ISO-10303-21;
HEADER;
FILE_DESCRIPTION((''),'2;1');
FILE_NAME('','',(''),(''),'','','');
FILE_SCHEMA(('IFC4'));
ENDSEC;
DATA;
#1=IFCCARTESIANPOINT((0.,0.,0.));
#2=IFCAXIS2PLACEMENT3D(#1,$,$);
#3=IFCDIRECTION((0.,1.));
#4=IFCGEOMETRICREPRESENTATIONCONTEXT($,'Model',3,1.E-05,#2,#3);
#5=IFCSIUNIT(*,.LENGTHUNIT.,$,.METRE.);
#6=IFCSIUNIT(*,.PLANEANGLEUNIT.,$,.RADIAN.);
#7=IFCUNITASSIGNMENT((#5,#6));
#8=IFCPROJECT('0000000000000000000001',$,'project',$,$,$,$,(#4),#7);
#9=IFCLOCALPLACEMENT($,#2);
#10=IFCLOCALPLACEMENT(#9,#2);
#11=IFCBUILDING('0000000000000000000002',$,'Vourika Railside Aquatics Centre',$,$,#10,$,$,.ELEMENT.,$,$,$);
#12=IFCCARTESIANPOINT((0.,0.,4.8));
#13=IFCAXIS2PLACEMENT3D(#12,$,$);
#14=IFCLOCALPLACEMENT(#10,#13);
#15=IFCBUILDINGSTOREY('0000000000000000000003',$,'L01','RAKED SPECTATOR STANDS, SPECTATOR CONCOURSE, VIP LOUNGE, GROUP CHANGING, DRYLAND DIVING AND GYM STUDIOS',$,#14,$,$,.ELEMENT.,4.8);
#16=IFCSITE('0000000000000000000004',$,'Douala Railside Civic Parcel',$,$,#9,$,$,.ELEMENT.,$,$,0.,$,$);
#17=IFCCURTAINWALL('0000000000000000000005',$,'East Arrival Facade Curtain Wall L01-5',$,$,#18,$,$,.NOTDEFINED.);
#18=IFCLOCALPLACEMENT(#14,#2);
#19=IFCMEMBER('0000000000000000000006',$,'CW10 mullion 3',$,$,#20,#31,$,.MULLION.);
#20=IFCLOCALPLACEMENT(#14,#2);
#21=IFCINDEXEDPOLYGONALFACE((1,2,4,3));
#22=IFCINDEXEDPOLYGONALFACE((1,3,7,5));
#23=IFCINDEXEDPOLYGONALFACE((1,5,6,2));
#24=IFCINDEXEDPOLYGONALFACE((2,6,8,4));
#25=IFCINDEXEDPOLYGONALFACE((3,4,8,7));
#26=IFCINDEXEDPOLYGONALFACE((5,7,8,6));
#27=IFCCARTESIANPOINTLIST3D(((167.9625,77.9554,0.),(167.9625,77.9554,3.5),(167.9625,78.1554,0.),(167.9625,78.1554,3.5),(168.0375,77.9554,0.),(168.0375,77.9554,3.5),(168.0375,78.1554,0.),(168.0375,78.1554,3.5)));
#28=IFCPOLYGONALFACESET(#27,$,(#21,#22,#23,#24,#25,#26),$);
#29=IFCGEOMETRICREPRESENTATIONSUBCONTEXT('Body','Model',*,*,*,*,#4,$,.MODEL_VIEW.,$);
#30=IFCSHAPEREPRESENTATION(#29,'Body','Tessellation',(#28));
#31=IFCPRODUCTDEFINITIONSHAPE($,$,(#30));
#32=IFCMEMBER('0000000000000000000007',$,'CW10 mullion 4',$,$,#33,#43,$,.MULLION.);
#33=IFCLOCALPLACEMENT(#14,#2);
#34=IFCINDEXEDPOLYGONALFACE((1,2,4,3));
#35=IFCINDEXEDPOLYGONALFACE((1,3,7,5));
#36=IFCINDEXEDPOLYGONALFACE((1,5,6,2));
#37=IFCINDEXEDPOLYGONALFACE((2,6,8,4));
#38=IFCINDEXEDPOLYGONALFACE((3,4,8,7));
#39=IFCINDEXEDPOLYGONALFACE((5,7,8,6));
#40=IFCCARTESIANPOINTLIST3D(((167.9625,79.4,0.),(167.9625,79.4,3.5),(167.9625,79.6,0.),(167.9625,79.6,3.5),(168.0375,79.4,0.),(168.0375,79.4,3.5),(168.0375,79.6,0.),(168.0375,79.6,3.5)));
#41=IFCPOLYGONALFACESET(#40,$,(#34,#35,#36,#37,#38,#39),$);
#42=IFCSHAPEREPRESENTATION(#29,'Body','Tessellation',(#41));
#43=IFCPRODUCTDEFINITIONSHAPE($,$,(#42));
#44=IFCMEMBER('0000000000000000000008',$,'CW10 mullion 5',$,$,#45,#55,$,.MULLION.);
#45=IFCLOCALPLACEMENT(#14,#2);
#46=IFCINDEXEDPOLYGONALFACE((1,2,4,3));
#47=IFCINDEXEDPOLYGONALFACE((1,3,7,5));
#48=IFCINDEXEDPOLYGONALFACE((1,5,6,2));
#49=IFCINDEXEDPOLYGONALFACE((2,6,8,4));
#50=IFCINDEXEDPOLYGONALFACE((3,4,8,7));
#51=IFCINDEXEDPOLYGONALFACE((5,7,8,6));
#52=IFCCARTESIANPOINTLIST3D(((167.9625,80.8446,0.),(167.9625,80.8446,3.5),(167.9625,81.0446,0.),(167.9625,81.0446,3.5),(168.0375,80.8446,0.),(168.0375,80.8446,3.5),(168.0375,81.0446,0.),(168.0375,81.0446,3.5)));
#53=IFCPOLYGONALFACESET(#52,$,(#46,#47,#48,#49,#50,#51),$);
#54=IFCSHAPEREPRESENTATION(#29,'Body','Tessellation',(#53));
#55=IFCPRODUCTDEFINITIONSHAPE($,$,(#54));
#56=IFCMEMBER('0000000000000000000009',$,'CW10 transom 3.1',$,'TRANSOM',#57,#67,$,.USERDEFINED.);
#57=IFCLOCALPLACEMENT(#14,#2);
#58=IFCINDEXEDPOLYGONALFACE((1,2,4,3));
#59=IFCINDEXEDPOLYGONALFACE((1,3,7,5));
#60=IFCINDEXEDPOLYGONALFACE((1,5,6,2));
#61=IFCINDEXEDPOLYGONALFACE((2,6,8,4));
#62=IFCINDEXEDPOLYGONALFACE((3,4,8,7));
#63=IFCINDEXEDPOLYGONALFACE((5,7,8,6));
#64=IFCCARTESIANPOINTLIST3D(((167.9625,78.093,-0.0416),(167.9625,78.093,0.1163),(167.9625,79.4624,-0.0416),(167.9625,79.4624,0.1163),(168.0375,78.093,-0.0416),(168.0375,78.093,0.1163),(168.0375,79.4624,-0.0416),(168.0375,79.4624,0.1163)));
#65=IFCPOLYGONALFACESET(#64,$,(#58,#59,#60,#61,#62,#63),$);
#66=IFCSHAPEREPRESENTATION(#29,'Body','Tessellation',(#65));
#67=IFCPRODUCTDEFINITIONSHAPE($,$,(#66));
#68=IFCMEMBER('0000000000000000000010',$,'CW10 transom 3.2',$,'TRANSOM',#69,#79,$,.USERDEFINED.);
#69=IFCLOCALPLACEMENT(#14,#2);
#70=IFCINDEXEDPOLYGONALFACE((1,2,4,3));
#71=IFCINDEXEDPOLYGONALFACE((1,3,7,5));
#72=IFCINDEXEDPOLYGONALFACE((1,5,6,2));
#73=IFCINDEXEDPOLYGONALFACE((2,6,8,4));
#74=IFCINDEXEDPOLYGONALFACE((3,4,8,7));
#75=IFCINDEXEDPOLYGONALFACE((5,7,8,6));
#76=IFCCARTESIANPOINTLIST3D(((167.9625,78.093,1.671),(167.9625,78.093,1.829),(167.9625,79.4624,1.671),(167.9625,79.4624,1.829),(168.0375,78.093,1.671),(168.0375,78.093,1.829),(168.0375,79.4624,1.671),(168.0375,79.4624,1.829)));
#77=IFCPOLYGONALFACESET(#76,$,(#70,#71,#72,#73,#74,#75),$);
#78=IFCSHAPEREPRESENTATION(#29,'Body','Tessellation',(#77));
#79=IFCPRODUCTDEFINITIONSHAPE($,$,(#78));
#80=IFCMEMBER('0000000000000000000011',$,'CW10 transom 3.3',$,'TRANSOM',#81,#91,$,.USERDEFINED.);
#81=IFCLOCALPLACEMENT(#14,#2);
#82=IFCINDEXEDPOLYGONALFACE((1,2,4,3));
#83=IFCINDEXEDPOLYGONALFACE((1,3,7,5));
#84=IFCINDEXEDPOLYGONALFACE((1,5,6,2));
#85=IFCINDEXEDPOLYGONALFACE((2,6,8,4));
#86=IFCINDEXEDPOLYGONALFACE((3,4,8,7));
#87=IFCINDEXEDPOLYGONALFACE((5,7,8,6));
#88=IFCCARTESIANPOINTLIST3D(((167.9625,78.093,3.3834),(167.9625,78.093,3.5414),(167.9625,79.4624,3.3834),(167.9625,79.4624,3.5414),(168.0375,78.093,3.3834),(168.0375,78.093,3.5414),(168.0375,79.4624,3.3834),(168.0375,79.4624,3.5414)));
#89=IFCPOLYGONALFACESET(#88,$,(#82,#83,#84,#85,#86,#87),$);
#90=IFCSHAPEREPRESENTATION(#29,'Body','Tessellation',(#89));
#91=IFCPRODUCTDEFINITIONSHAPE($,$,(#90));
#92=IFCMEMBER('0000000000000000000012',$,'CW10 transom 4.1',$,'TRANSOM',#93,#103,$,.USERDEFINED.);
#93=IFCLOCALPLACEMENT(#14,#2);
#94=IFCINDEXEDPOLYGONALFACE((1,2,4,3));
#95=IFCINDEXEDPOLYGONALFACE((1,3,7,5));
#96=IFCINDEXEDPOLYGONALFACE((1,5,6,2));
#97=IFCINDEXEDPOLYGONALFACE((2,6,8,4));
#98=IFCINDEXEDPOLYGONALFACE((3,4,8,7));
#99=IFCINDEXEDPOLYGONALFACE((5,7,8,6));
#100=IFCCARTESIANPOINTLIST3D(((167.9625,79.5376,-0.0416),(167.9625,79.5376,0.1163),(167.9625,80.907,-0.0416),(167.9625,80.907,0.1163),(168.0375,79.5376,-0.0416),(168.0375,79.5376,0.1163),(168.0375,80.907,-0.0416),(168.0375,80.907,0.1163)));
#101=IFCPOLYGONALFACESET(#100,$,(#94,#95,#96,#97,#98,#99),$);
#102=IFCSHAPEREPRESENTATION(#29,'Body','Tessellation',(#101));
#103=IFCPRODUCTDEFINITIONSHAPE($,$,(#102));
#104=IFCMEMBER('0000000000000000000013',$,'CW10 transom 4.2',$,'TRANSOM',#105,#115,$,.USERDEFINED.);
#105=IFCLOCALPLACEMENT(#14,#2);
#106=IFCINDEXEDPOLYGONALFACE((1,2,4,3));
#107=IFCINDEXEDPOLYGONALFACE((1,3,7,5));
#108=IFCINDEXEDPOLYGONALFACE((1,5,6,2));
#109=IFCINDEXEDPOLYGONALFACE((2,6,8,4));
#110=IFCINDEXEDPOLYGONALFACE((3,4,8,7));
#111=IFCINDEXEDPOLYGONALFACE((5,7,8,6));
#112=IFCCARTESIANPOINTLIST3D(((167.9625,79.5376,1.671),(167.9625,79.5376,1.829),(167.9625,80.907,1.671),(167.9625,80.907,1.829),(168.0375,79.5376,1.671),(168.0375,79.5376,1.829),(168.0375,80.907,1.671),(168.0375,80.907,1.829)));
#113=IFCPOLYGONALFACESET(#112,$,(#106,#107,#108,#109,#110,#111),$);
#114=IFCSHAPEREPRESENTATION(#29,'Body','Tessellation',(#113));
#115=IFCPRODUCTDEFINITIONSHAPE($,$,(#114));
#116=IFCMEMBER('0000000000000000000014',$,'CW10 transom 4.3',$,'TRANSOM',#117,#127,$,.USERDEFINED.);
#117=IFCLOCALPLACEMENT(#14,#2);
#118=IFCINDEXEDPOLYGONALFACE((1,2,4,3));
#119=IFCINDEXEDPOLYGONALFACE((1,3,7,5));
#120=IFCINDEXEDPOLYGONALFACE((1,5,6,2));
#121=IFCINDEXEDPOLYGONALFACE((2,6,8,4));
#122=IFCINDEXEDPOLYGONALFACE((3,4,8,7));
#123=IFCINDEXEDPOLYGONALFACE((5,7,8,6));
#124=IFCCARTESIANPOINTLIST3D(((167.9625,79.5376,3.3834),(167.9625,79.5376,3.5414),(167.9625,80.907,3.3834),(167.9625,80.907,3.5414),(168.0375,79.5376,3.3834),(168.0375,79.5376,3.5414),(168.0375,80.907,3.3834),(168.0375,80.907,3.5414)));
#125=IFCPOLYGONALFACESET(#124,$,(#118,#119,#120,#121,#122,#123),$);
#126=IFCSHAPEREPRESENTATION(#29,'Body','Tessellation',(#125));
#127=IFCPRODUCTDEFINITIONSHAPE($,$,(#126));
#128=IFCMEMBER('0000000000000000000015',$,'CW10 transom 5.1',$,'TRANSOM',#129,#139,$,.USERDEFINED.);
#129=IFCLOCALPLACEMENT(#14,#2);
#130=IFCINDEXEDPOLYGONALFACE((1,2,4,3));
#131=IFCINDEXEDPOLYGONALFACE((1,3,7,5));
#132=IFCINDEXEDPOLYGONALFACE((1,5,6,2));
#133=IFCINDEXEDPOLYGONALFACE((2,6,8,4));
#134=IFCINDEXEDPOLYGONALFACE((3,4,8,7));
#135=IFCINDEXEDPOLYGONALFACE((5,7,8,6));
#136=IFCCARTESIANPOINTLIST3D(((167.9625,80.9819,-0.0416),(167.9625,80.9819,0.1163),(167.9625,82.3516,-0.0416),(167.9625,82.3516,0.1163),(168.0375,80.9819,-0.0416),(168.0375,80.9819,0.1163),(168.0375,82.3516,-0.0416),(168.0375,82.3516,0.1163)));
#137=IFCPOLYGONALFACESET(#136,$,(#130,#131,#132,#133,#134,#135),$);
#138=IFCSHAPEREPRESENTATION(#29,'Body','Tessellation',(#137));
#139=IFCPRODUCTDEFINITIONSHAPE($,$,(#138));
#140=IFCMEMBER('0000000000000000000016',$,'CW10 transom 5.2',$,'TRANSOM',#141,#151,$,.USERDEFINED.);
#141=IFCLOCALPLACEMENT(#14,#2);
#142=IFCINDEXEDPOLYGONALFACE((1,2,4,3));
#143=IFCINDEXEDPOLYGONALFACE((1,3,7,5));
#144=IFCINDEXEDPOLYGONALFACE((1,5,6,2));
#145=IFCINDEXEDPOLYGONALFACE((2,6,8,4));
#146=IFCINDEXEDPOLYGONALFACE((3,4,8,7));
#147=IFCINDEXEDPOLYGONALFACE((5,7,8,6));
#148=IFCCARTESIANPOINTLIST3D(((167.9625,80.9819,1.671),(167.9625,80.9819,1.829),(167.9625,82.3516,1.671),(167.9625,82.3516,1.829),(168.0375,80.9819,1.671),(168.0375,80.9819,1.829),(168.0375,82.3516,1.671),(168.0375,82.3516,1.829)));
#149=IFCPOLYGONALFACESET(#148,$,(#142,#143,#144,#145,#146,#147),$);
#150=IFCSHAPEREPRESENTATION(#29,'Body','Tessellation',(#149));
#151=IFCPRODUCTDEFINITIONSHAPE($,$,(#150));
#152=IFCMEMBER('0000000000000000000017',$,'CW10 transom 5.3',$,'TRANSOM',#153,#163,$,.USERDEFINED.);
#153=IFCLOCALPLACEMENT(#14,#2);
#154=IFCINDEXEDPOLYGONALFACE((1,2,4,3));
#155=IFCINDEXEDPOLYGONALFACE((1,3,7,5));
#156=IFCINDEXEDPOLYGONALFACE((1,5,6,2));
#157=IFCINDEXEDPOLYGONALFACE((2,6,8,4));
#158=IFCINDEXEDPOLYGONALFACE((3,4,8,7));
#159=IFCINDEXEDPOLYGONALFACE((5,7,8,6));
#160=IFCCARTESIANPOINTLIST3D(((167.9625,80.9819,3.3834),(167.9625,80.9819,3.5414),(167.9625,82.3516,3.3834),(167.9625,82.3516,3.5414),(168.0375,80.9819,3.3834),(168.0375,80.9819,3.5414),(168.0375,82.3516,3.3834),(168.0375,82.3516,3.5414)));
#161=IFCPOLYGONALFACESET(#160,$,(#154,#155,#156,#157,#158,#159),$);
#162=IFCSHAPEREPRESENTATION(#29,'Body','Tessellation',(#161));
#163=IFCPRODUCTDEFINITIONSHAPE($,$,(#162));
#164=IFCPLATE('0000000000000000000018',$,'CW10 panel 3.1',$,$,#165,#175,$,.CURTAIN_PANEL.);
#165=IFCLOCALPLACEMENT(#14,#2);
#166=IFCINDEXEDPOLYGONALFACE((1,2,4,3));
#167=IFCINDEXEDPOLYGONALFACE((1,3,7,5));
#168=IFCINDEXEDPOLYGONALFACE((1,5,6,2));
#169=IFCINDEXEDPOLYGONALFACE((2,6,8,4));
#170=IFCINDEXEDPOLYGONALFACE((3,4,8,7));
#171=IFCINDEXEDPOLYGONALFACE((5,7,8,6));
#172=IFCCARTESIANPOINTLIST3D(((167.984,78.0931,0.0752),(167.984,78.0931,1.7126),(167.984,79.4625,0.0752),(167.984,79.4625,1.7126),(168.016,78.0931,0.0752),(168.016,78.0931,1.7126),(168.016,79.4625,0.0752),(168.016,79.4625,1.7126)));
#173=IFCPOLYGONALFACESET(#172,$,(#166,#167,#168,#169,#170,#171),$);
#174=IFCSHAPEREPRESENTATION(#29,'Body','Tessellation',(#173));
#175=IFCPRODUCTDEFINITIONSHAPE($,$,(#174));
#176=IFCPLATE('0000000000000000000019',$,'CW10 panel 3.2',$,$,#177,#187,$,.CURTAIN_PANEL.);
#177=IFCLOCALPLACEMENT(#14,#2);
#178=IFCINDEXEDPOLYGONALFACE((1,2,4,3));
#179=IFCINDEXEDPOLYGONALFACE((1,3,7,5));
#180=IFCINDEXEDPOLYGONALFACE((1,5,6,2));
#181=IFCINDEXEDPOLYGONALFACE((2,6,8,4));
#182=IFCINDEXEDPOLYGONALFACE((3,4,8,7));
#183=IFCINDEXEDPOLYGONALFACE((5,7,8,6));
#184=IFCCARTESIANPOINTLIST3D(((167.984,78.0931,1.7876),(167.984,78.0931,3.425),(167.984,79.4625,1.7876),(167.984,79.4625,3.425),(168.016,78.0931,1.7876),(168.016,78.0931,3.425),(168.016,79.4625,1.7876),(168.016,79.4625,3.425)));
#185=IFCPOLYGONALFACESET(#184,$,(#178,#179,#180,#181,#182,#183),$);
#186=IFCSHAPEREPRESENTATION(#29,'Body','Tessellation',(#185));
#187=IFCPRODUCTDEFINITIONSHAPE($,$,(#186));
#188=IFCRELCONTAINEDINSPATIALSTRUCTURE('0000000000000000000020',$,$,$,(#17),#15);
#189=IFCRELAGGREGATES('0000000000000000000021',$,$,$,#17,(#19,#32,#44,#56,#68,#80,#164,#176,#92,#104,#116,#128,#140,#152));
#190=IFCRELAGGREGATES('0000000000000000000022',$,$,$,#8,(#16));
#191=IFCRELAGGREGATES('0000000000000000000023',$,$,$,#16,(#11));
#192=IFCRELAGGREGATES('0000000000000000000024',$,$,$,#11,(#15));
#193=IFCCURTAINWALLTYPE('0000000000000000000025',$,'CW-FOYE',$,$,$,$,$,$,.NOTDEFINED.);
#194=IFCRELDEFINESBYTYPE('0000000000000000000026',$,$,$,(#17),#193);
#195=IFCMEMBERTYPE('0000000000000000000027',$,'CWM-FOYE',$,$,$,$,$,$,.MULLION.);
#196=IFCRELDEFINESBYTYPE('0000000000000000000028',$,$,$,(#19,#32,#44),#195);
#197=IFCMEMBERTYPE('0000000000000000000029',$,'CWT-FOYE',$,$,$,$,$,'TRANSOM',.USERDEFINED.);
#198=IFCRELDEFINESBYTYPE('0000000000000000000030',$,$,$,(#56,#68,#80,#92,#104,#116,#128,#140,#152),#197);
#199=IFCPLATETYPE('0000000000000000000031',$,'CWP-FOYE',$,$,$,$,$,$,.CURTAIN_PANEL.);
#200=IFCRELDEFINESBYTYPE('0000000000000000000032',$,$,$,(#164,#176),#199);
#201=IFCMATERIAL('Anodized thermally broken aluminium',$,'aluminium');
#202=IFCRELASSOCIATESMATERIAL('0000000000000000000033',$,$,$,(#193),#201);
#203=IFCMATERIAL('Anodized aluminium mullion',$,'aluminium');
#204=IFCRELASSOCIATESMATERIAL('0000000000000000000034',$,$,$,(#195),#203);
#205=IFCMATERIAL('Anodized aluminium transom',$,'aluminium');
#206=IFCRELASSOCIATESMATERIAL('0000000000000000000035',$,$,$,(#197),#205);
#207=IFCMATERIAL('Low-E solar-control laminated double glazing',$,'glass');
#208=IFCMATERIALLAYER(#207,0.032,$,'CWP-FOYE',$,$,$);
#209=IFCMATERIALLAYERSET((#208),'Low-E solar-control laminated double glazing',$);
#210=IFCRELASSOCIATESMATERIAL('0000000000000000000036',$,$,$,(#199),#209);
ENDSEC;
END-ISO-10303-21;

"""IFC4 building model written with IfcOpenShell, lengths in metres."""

from ifc_helpers import new_model, si_unit, direction, frame, origin, origin_2d, place, context, subcontext, project, spatial, rectangle, extrude, material, layer, layer_set, material_profile, profile_set, type_object, element, aggregate, save


model = new_model("IFC4")

# Units and contexts
model_context = context("Model", 3, precision=1e-05, world=origin(), true_north=direction((0.0, 1.0)))
body_context = subcontext(model_context, "Body", "Model", "MODEL_VIEW")
ifc_project = project(units=[si_unit("LENGTHUNIT", "METRE"), si_unit("PLANEANGLEUNIT", "RADIAN")], contexts=[model_context])

# Site, building, storey
site_placement = place(None, origin())
site = spatial("IfcSite", under=ifc_project, at=site_placement, Name="Douala Railside Civic Parcel", CompositionType="ELEMENT", RefElevation=0.0)
building_placement = place(site_placement, origin())
building = spatial("IfcBuilding", under=site, at=building_placement, Name="Vourika Railside Aquatics Centre", CompositionType="ELEMENT")
storey_placement = place(building_placement, frame((0.0, 0.0, 4.8)))
storey = spatial("IfcBuildingStorey", under=building, at=storey_placement, Name="L01", Description="RAKED SPECTATOR STANDS, SPECTATOR CONCOURSE, VIP LOUNGE, GROUP CHANGING, DRYLAND DIVING AND GYM STUDIOS", CompositionType="ELEMENT", Elevation=4.8)

# Curtain wall, members, plates
ifc_material_1 = material(Name="Anodized thermally broken aluminium", Category="aluminium")
curtain_wall_type = type_object("IfcCurtainWallType", Name="CW-FOYE", PredefinedType="NOTDEFINED", material=ifc_material_1)
curtain_wall_placement = place(storey_placement, origin())
curtain_wall = element("IfcCurtainWall", 1, at=curtain_wall_placement, inside=storey, type_object=curtain_wall_type, Name="East Arrival Facade Curtain Wall L01-5", PredefinedType="NOTDEFINED")
ifc_material_2 = material(Name="Anodized aluminium mullion", Category="aluminium")
ifc_material_profile_1 = material_profile(ifc_material_2, rectangle(XDim=0.075, YDim=0.2, at=origin_2d()), Name="ALU-M 75x200")
ifc_profile_set_1 = profile_set([ifc_material_profile_1], Name="Anodized aluminium mullion")
member_type_1 = type_object("IfcMemberType", Name="CWM-FOYE", PredefinedType="MULLION", material=ifc_profile_set_1)
member_1_placement = place(storey_placement, frame((168.0, 78.0554, 0.0), z_axis=(0.0, 0.0, 1.0), x_axis=(-1.0, 0.0, 0.0)))
member_1 = element("IfcMember", 2, at=member_1_placement, type_object=member_type_1, Name="CW10 mullion 3", PredefinedType="MULLION", context=body_context, shape_type="SweptSolid", body=[
    extrude(rectangle(XDim=0.075, YDim=0.2, at=origin_2d()), origin(), (0.0, 0.0, 1.0), 3.5),
])
member_2_placement = place(storey_placement, frame((168.0, 79.5, 0.0), z_axis=(0.0, 0.0, 1.0), x_axis=(-1.0, 0.0, 0.0)))
member_2 = element("IfcMember", 3, at=member_2_placement, type_object=member_type_1, Name="CW10 mullion 4", PredefinedType="MULLION", context=body_context, shape_type="SweptSolid", body=[
    extrude(rectangle(XDim=0.075, YDim=0.2, at=origin_2d()), origin(), (0.0, 0.0, 1.0), 3.5),
])
member_3_placement = place(storey_placement, frame((168.0, 80.9446, 0.0), z_axis=(0.0, 0.0, 1.0), x_axis=(-1.0, 0.0, 0.0)))
member_3 = element("IfcMember", 4, at=member_3_placement, type_object=member_type_1, Name="CW10 mullion 5", PredefinedType="MULLION", context=body_context, shape_type="SweptSolid", body=[
    extrude(rectangle(XDim=0.075, YDim=0.2, at=origin_2d()), origin(), (0.0, 0.0, 1.0), 3.5),
])
ifc_material_3 = material(Name="Anodized aluminium transom", Category="aluminium")
ifc_material_profile_2 = material_profile(ifc_material_3, rectangle(XDim=0.075, YDim=0.158, at=origin_2d()), Name="ALU-T 75x158")
ifc_profile_set_2 = profile_set([ifc_material_profile_2], Name="Anodized aluminium transom")
member_type_2 = type_object("IfcMemberType", Name="CWT-FOYE", ElementType="TRANSOM", PredefinedType="USERDEFINED", material=ifc_profile_set_2)
member_4_placement = place(storey_placement, frame((168.0, 78.093, 0.0374), z_axis=(0.0, 1.0, 0.0), x_axis=(-1.0, 0.0, 0.0)))
member_4 = element("IfcMember", 5, at=member_4_placement, type_object=member_type_2, Name="CW10 transom 3.1", ObjectType="TRANSOM", PredefinedType="USERDEFINED", context=body_context, shape_type="SweptSolid", body=[
    extrude(rectangle(XDim=0.075, YDim=0.158, at=origin_2d()), origin(), (0.0, 0.0, 1.0), 1.3694),
])
member_5_placement = place(storey_placement, frame((168.0, 78.093, 1.75), z_axis=(0.0, 1.0, 0.0), x_axis=(-1.0, 0.0, 0.0)))
member_5 = element("IfcMember", 6, at=member_5_placement, type_object=member_type_2, Name="CW10 transom 3.2", ObjectType="TRANSOM", PredefinedType="USERDEFINED", context=body_context, shape_type="SweptSolid", body=[
    extrude(rectangle(XDim=0.075, YDim=0.158, at=origin_2d()), origin(), (0.0, 0.0, 1.0), 1.3694),
])
member_6_placement = place(storey_placement, frame((168.0, 78.093, 3.4624), z_axis=(0.0, 1.0, 0.0), x_axis=(-1.0, 0.0, 0.0)))
member_6 = element("IfcMember", 7, at=member_6_placement, type_object=member_type_2, Name="CW10 transom 3.3", ObjectType="TRANSOM", PredefinedType="USERDEFINED", context=body_context, shape_type="SweptSolid", body=[
    extrude(rectangle(XDim=0.075, YDim=0.158, at=origin_2d()), origin(), (0.0, 0.0, 1.0), 1.3694),
])
member_7_placement = place(storey_placement, frame((168.0, 79.5376, 0.0374), z_axis=(0.0, 1.0, 0.0), x_axis=(-1.0, 0.0, 0.0)))
member_7 = element("IfcMember", 8, at=member_7_placement, type_object=member_type_2, Name="CW10 transom 4.1", ObjectType="TRANSOM", PredefinedType="USERDEFINED", context=body_context, shape_type="SweptSolid", body=[
    extrude(rectangle(XDim=0.075, YDim=0.158, at=origin_2d()), origin(), (0.0, 0.0, 1.0), 1.3694),
])
member_8_placement = place(storey_placement, frame((168.0, 79.5376, 1.75), z_axis=(0.0, 1.0, 0.0), x_axis=(-1.0, 0.0, 0.0)))
member_8 = element("IfcMember", 9, at=member_8_placement, type_object=member_type_2, Name="CW10 transom 4.2", ObjectType="TRANSOM", PredefinedType="USERDEFINED", context=body_context, shape_type="SweptSolid", body=[
    extrude(rectangle(XDim=0.075, YDim=0.158, at=origin_2d()), origin(), (0.0, 0.0, 1.0), 1.3694),
])
member_9_placement = place(storey_placement, frame((168.0, 79.5376, 3.4624), z_axis=(0.0, 1.0, 0.0), x_axis=(-1.0, 0.0, 0.0)))
member_9 = element("IfcMember", 10, at=member_9_placement, type_object=member_type_2, Name="CW10 transom 4.3", ObjectType="TRANSOM", PredefinedType="USERDEFINED", context=body_context, shape_type="SweptSolid", body=[
    extrude(rectangle(XDim=0.075, YDim=0.158, at=origin_2d()), origin(), (0.0, 0.0, 1.0), 1.3694),
])
member_10_placement = place(storey_placement, frame((168.0, 80.9819, 0.0374), z_axis=(0.0, 1.0, 0.0), x_axis=(-1.0, 0.0, 0.0)))
member_10 = element("IfcMember", 11, at=member_10_placement, type_object=member_type_2, Name="CW10 transom 5.1", ObjectType="TRANSOM", PredefinedType="USERDEFINED", context=body_context, shape_type="SweptSolid", body=[
    extrude(rectangle(XDim=0.075, YDim=0.158, at=origin_2d()), origin(), (0.0, 0.0, 1.0), 1.3696),
])
member_11_placement = place(storey_placement, frame((168.0, 80.9819, 1.75), z_axis=(0.0, 1.0, 0.0), x_axis=(-1.0, 0.0, 0.0)))
member_11 = element("IfcMember", 12, at=member_11_placement, type_object=member_type_2, Name="CW10 transom 5.2", ObjectType="TRANSOM", PredefinedType="USERDEFINED", context=body_context, shape_type="SweptSolid", body=[
    extrude(rectangle(XDim=0.075, YDim=0.158, at=origin_2d()), origin(), (0.0, 0.0, 1.0), 1.3696),
])
member_12_placement = place(storey_placement, frame((168.0, 80.9819, 3.4624), z_axis=(0.0, 1.0, 0.0), x_axis=(-1.0, 0.0, 0.0)))
member_12 = element("IfcMember", 13, at=member_12_placement, type_object=member_type_2, Name="CW10 transom 5.3", ObjectType="TRANSOM", PredefinedType="USERDEFINED", context=body_context, shape_type="SweptSolid", body=[
    extrude(rectangle(XDim=0.075, YDim=0.158, at=origin_2d()), origin(), (0.0, 0.0, 1.0), 1.3696),
])
ifc_material_4 = material(Name="Low-E solar-control laminated double glazing", Category="glass")
ifc_layer = layer(ifc_material_4, 0.032, Name="CWP-FOYE")
ifc_layer_set = layer_set([ifc_layer], Name="Low-E solar-control laminated double glazing")
plate_type = type_object("IfcPlateType", Name="CWP-FOYE", PredefinedType="CURTAIN_PANEL", material=ifc_layer_set)
plate_1_placement = place(storey_placement, frame((168.0, 78.7778, 0.0752), z_axis=(0.0, 0.0, 1.0), x_axis=(0.0, 1.0, 0.0)))
plate_1 = element("IfcPlate", 14, at=plate_1_placement, type_object=plate_type, Name="CW10 panel 3.1", PredefinedType="CURTAIN_PANEL", context=body_context, shape_type="SweptSolid", body=[
    extrude(rectangle(XDim=1.3694, YDim=0.032, at=origin_2d()), origin(), (0.0, 0.0, 1.0), 1.6375),
])
plate_2_placement = place(storey_placement, frame((168.0, 78.7778, 1.7876), z_axis=(0.0, 0.0, 1.0), x_axis=(0.0, 1.0, 0.0)))
plate_2 = element("IfcPlate", 15, at=plate_2_placement, type_object=plate_type, Name="CW10 panel 3.2", PredefinedType="CURTAIN_PANEL", context=body_context, shape_type="SweptSolid", body=[
    extrude(rectangle(XDim=1.3694, YDim=0.032, at=origin_2d()), origin(), (0.0, 0.0, 1.0), 1.6375),
])
aggregate(curtain_wall, [member_1, member_2, member_3, member_4, member_5, member_6, plate_1, plate_2, member_7, member_8, member_9, member_10, member_11, member_12])

save(model, "model.ifc")
